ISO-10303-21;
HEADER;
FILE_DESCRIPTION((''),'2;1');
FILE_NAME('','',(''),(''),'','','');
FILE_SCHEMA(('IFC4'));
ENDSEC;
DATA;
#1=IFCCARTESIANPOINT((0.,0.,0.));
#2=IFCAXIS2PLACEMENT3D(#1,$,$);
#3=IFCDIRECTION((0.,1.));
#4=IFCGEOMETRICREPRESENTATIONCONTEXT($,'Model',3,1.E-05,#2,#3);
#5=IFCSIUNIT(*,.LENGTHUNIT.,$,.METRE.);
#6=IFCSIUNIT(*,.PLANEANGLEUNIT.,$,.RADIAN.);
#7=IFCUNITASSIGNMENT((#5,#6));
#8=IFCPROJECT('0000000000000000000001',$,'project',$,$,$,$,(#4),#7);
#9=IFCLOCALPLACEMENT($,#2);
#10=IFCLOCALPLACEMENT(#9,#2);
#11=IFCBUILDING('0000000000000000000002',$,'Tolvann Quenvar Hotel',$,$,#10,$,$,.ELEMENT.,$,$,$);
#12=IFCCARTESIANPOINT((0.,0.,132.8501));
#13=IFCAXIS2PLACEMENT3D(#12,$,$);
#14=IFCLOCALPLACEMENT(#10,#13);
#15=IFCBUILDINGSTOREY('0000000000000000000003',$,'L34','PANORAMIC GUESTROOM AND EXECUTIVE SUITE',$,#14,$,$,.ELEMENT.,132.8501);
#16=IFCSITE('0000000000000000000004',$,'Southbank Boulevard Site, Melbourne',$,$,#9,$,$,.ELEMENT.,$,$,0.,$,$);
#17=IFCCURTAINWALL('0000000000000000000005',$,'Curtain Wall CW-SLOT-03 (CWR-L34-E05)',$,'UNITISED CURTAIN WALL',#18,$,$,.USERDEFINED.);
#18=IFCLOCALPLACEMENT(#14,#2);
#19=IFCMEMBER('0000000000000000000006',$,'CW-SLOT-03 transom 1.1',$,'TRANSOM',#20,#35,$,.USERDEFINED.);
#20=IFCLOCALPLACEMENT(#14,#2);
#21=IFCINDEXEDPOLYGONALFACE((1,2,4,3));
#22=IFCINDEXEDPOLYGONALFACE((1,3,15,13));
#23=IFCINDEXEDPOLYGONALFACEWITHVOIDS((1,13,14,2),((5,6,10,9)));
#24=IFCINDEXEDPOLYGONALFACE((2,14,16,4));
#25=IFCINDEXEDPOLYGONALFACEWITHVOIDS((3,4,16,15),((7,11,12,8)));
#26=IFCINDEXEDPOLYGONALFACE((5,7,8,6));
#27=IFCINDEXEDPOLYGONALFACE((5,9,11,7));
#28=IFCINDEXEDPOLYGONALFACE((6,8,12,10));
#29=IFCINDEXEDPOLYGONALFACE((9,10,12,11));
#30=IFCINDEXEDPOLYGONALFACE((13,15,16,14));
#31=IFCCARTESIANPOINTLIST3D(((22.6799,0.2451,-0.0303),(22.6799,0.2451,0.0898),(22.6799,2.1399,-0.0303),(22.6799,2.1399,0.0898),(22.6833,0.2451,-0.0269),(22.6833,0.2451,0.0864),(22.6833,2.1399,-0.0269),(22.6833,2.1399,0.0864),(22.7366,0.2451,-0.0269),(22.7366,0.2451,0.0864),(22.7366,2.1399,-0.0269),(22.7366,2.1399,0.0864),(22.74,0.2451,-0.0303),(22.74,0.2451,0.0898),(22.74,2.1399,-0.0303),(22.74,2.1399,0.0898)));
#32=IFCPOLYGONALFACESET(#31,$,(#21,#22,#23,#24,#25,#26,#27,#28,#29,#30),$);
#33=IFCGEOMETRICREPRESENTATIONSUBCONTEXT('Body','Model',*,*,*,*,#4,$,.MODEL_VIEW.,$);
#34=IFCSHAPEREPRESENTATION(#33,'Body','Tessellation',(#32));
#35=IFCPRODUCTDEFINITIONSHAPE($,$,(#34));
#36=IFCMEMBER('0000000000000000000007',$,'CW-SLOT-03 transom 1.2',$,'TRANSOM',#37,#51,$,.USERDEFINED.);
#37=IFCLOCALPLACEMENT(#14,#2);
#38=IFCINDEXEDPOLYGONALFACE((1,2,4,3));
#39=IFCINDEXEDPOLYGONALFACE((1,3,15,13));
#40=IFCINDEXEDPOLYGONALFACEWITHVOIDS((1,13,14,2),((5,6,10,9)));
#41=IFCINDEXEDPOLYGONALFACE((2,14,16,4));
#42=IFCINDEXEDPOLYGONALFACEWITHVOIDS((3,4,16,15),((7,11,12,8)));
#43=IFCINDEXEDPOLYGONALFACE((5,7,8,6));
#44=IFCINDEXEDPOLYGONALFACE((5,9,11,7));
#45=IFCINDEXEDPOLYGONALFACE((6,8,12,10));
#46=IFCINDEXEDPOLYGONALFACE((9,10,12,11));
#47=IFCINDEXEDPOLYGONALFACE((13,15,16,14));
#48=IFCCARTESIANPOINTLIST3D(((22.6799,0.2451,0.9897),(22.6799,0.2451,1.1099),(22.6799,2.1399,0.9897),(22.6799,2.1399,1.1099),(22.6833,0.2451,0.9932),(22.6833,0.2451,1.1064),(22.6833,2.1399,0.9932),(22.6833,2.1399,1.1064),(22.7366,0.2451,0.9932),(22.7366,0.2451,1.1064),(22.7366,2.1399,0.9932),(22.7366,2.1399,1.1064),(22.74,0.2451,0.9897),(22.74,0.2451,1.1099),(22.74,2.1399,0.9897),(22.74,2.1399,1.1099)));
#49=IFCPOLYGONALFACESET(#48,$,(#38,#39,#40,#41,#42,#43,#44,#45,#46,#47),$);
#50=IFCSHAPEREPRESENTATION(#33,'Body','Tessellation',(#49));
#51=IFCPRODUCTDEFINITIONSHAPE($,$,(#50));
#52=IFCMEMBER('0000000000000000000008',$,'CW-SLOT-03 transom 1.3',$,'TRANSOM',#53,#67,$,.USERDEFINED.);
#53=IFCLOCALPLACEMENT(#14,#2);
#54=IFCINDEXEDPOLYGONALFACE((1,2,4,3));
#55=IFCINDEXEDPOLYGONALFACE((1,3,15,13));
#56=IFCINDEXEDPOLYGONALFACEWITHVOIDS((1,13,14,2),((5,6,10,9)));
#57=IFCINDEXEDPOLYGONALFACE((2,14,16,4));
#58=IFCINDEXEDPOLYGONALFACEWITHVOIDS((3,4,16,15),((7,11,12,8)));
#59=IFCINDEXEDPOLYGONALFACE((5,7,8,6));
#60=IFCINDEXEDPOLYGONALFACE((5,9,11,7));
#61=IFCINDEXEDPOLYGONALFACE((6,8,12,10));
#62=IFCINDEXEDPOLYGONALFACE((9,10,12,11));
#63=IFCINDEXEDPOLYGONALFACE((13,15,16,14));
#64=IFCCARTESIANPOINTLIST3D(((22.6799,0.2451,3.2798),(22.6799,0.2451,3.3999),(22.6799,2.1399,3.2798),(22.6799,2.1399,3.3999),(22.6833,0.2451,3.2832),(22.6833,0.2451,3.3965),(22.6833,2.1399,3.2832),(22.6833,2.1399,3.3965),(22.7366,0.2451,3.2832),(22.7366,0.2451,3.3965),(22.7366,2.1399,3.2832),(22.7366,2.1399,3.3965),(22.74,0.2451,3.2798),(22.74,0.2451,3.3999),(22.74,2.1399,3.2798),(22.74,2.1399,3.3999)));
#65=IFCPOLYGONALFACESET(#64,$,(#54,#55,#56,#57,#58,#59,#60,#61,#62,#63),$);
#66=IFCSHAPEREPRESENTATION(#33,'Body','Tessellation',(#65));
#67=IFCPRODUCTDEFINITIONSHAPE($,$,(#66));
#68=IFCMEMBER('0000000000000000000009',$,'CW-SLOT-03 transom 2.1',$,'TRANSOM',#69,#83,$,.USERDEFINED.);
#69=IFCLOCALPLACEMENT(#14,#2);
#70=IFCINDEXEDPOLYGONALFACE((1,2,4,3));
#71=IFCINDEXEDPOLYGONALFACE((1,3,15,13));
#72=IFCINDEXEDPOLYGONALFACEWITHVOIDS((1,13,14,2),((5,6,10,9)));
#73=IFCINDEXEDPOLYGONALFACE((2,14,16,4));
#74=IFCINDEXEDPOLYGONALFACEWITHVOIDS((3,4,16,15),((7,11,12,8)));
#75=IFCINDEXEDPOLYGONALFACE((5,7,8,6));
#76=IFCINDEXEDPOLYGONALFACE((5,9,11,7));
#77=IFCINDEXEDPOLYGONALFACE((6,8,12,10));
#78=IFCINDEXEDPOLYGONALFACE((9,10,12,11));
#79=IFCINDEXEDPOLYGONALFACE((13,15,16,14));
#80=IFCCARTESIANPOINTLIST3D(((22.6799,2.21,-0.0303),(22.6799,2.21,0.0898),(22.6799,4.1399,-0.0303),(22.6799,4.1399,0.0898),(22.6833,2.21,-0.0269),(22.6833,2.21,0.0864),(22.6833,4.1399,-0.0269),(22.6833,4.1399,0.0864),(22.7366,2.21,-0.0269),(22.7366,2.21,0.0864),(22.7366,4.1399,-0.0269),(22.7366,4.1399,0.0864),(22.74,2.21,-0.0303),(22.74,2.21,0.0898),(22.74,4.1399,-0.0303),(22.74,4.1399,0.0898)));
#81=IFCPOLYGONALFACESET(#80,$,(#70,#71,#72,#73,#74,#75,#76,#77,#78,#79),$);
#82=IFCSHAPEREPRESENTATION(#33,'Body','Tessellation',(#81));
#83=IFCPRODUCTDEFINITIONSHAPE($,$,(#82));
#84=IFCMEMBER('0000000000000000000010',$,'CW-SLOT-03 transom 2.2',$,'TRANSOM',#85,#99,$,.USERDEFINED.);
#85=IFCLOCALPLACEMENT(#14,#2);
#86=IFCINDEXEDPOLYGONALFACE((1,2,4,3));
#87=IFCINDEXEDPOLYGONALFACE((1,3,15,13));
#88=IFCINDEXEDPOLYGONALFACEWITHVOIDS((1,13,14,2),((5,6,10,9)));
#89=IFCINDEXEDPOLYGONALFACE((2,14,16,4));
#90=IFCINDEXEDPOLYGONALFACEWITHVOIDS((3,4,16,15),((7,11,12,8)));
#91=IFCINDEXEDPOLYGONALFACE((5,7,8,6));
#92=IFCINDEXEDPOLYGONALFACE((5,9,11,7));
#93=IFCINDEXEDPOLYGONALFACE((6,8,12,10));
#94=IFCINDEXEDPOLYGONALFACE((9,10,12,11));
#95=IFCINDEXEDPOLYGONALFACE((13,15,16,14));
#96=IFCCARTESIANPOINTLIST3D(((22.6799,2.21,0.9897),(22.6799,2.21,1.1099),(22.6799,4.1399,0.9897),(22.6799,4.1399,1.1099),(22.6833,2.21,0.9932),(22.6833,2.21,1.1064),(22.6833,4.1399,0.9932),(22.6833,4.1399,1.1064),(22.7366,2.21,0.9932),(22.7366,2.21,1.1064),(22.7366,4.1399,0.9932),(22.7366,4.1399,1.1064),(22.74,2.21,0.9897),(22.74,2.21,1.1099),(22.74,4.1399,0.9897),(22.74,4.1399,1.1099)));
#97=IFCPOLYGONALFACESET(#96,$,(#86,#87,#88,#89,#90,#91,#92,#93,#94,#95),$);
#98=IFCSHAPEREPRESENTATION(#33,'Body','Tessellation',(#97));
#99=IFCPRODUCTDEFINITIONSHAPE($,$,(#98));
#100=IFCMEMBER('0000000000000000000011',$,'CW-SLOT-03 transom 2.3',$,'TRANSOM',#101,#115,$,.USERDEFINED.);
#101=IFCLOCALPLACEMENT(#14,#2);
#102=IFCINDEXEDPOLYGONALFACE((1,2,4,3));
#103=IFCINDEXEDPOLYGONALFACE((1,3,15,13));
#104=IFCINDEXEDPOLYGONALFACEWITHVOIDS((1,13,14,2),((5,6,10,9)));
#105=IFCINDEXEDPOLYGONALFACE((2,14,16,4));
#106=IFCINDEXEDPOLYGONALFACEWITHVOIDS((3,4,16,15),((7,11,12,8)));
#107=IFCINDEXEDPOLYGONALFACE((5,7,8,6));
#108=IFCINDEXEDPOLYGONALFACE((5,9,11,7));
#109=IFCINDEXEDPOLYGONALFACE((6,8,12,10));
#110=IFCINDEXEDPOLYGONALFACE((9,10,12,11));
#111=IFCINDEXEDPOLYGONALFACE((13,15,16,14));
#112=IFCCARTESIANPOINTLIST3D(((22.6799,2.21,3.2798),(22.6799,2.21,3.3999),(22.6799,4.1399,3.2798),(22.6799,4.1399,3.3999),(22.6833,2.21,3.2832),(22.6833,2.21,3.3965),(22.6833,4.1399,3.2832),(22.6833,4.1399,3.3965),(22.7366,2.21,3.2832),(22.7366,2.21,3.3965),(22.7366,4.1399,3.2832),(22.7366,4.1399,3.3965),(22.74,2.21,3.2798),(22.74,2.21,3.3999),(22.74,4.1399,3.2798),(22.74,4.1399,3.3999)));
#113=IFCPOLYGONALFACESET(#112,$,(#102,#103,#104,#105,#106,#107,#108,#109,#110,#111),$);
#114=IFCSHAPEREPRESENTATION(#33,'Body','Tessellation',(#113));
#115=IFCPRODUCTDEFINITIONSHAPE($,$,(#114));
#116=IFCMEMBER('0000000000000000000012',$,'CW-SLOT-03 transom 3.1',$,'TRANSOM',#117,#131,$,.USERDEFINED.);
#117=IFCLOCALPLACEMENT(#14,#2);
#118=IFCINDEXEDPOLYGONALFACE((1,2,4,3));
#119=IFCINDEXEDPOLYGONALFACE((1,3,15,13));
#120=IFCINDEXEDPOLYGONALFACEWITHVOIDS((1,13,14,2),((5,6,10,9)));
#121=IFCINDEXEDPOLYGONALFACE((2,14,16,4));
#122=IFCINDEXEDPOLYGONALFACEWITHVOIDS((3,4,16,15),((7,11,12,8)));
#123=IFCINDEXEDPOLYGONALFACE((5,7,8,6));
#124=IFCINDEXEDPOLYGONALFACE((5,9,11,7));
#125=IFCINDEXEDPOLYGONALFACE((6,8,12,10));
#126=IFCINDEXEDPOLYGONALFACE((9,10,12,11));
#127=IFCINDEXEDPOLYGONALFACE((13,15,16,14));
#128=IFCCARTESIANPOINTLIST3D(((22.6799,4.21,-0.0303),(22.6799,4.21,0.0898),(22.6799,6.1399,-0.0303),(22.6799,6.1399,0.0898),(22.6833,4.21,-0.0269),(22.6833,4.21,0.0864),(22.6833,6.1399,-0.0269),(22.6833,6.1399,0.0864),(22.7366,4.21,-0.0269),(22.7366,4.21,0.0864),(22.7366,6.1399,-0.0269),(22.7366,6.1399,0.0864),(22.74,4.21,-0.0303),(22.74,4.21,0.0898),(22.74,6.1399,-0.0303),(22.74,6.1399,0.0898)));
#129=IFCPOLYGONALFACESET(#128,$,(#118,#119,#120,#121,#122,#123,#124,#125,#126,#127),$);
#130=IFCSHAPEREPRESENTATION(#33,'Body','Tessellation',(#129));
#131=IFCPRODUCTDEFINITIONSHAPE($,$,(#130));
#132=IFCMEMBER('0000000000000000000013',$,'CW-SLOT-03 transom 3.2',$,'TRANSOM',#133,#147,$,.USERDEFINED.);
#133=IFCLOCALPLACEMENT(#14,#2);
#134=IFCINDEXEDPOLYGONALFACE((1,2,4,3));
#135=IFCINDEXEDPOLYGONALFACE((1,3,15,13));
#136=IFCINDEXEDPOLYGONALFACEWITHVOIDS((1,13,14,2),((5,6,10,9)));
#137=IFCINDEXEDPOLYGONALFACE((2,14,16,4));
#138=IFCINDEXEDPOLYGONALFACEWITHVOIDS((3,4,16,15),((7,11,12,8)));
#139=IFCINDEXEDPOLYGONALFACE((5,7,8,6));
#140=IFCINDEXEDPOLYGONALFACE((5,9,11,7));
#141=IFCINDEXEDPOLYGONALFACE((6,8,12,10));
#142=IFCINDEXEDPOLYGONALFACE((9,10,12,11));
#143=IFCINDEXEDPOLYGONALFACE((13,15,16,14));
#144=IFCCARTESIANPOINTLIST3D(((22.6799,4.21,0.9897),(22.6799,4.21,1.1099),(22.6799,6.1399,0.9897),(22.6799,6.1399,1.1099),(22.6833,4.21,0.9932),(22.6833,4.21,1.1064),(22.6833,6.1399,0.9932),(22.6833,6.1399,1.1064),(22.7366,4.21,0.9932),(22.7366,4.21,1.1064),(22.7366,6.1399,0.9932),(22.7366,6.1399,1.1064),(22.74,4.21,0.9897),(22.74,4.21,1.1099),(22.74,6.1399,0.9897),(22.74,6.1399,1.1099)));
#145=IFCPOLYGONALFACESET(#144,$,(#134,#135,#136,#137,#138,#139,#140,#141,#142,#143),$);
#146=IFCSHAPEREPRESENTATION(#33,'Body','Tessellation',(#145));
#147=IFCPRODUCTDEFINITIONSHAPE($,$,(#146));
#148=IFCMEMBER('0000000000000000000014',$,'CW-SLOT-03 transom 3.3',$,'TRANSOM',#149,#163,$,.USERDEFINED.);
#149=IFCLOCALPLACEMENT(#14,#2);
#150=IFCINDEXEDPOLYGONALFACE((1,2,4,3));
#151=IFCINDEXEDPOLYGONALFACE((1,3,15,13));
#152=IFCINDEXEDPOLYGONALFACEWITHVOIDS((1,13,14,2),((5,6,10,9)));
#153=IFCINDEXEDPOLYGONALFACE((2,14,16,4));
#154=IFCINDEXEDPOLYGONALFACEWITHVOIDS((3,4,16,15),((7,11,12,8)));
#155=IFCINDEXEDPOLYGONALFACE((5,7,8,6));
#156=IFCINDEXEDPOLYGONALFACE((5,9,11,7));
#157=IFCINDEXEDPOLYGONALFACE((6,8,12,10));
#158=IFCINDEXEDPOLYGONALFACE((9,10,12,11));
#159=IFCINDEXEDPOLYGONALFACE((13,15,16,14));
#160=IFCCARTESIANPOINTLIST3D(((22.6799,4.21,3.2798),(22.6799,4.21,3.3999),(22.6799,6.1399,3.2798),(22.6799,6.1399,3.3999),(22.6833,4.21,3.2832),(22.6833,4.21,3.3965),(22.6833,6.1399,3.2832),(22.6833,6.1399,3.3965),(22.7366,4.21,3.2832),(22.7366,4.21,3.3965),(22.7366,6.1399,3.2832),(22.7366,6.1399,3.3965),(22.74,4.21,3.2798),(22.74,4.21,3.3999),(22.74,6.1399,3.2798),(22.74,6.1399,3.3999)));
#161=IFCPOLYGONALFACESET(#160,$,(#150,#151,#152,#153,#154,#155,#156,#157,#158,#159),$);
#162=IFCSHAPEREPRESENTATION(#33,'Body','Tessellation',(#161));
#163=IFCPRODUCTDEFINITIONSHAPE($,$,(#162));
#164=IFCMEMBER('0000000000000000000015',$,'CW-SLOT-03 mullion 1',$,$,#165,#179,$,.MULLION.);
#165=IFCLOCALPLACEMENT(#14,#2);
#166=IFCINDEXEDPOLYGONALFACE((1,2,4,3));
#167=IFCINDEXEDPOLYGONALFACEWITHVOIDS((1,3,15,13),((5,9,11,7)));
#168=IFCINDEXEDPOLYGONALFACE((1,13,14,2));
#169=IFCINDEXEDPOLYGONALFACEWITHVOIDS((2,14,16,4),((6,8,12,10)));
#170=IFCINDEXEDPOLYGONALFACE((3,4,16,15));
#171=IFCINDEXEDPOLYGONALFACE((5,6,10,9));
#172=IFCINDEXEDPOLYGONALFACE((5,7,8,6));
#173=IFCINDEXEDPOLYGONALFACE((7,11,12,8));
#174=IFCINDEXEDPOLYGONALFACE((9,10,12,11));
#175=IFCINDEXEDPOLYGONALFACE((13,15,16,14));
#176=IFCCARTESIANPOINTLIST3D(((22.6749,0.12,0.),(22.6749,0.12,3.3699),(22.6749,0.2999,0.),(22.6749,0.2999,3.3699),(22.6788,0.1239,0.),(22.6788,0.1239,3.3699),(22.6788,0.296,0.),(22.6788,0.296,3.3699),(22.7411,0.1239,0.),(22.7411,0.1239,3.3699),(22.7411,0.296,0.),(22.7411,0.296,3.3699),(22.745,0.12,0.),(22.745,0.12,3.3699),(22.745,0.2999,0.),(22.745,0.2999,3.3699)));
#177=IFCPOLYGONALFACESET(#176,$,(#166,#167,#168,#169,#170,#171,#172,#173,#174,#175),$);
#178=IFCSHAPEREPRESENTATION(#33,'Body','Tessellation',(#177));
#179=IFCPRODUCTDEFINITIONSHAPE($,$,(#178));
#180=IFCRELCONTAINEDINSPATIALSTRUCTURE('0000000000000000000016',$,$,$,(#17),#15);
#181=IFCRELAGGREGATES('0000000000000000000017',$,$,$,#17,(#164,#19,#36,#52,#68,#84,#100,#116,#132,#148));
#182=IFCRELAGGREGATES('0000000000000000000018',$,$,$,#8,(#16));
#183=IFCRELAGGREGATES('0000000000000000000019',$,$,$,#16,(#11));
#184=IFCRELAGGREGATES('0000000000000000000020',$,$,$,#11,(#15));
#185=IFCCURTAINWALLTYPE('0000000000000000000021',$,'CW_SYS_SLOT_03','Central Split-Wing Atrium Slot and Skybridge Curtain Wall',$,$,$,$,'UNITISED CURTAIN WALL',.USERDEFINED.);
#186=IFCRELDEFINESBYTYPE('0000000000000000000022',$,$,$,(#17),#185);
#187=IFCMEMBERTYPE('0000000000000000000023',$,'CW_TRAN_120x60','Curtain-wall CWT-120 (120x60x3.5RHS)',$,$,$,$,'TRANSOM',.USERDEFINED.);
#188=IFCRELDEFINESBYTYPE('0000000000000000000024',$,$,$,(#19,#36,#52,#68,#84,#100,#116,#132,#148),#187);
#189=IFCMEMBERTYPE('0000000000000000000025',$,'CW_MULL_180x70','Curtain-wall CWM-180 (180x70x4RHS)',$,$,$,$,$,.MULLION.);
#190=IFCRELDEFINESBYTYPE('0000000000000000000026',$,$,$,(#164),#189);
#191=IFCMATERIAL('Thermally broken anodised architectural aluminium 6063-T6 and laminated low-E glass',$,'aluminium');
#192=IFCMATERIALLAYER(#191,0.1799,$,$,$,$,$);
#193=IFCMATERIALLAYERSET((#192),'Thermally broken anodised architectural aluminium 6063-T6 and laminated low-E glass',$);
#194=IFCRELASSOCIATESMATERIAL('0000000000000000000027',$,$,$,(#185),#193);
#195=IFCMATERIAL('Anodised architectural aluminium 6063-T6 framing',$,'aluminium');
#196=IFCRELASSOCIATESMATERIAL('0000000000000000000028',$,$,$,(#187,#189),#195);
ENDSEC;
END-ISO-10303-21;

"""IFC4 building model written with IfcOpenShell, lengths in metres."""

from ifc_helpers import new_model, si_unit, direction, frame, origin, origin_2d, place, context, subcontext, project, spatial, hollow_rectangle, extrude, source, transform, mapped, material, layer, layer_set, material_profile, profile_set, type_object, type_shapes, element, aggregate, save


model = new_model("IFC4")

# Units and contexts
model_context = context("Model", 3, precision=1e-05, world=origin(), true_north=direction((0.0, 1.0)))
body_context = subcontext(model_context, "Body", "Model", "MODEL_VIEW")
ifc_project = project(units=[si_unit("LENGTHUNIT", "METRE"), si_unit("PLANEANGLEUNIT", "RADIAN")], contexts=[model_context])

# Site, building, storey
site_placement = place(None, origin())
site = spatial("IfcSite", under=ifc_project, at=site_placement, Name="Southbank Boulevard Site, Melbourne", CompositionType="ELEMENT", RefElevation=0.0)
building_placement = place(site_placement, origin())
building = spatial("IfcBuilding", under=site, at=building_placement, Name="Tolvann Quenvar Hotel", CompositionType="ELEMENT")
storey_placement = place(building_placement, frame((0.0, 0.0, 132.8501)))
storey = spatial("IfcBuildingStorey", under=building, at=storey_placement, Name="L34", Description="PANORAMIC GUESTROOM AND EXECUTIVE SUITE", CompositionType="ELEMENT", Elevation=132.8501)

# Curtain wall, members
ifc_material_1 = material(Name="Thermally broken anodised architectural aluminium 6063-T6 and laminated low-E glass", Category="aluminium")
ifc_layer_1 = layer(ifc_material_1, 0.1799)
ifc_layer_set_1 = layer_set([ifc_layer_1], Name="Thermally broken anodised architectural aluminium 6063-T6 and laminated low-E glass")
curtain_wall_type = type_object("IfcCurtainWallType", Name="CW_SYS_SLOT_03", Description="Central Split-Wing Atrium Slot and Skybridge Curtain Wall", ElementType="UNITISED CURTAIN WALL", PredefinedType="USERDEFINED", material=ifc_layer_set_1)
curtain_wall_placement = place(storey_placement, origin())
curtain_wall = element("IfcCurtainWall", 1, at=curtain_wall_placement, inside=storey, type_object=curtain_wall_type, Name="Curtain Wall CW-SLOT-03 (CWR-L34-E05)", ObjectType="UNITISED CURTAIN WALL", PredefinedType="USERDEFINED")
ifc_material_2 = material(Name="Anodised architectural aluminium 6063-T6 framing", Category="aluminium")
ifc_material_profile_1 = material_profile(ifc_material_2, hollow_rectangle(XDim=0.0601, YDim=0.1201, WallThickness=0.0034, at=origin_2d()), Name="120x60x3.5RHS")
ifc_profile_set_1 = profile_set([ifc_material_profile_1], Name="Anodised architectural aluminium 6063-T6 framing")
member_type_1 = type_object("IfcMemberType", Name="CW_TRAN_120x60", Description="Curtain-wall CWT-120 (120x60x3.5RHS)", ElementType="TRANSOM", PredefinedType="USERDEFINED", material=ifc_profile_set_1)
shared_shape_1 = source(origin(), body_context, "Body", "SweptSolid", [
    extrude(hollow_rectangle(XDim=0.0601, YDim=0.1201, WallThickness=0.0034, at=origin_2d()), origin(), (0.0, 0.0, 1.0), 1.8948),
])
member_1_placement = place(storey_placement, frame((22.71, 0.2451, 0.0298), z_axis=(0.0, 1.0, 0.0), x_axis=(-1.0, 0.0, 0.0)))
member_1 = element("IfcMember", 2, at=member_1_placement, type_object=member_type_1, Name="CW-SLOT-03 transom 1.1", ObjectType="TRANSOM", PredefinedType="USERDEFINED", context=body_context, shape_type="MappedRepresentation", body=[
    mapped(shared_shape_1, transform((0.0, 0.0, 0.0), x_axis=(1.0, 0.0, 0.0), y_axis=(0.0, 1.0, 0.0), z_axis=(0.0, 0.0, 1.0), scale=1.0)),
])
member_2_placement = place(storey_placement, frame((22.71, 0.2451, 1.0498), z_axis=(0.0, 1.0, 0.0), x_axis=(-1.0, 0.0, 0.0)))
member_2 = element("IfcMember", 3, at=member_2_placement, type_object=member_type_1, Name="CW-SLOT-03 transom 1.2", ObjectType="TRANSOM", PredefinedType="USERDEFINED", context=body_context, shape_type="MappedRepresentation", body=[
    mapped(shared_shape_1, transform((0.0, 0.0, 0.0), x_axis=(1.0, 0.0, 0.0), y_axis=(0.0, 1.0, 0.0), z_axis=(0.0, 0.0, 1.0), scale=1.0)),
])
member_3_placement = place(storey_placement, frame((22.71, 0.2451, 3.3398), z_axis=(0.0, 1.0, 0.0), x_axis=(-1.0, 0.0, 0.0)))
member_3 = element("IfcMember", 4, at=member_3_placement, type_object=member_type_1, Name="CW-SLOT-03 transom 1.3", ObjectType="TRANSOM", PredefinedType="USERDEFINED", context=body_context, shape_type="MappedRepresentation", body=[
    mapped(shared_shape_1, transform((0.0, 0.0, 0.0), x_axis=(1.0, 0.0, 0.0), y_axis=(0.0, 1.0, 0.0), z_axis=(0.0, 0.0, 1.0), scale=1.0)),
])
shared_shape_2 = source(origin(), body_context, "Body", "SweptSolid", [
    extrude(hollow_rectangle(XDim=0.0601, YDim=0.1201, WallThickness=0.0034, at=origin_2d()), origin(), (0.0, 0.0, 1.0), 1.9299),
])
type_shapes(member_type_1, [shared_shape_1, shared_shape_2])
member_4_placement = place(storey_placement, frame((22.71, 2.21, 0.0298), z_axis=(0.0, 1.0, 0.0), x_axis=(-1.0, 0.0, 0.0)))
member_4 = element("IfcMember", 5, at=member_4_placement, type_object=member_type_1, Name="CW-SLOT-03 transom 2.1", ObjectType="TRANSOM", PredefinedType="USERDEFINED", context=body_context, shape_type="MappedRepresentation", body=[
    mapped(shared_shape_2, transform((0.0, 0.0, 0.0), x_axis=(1.0, 0.0, 0.0), y_axis=(0.0, 1.0, 0.0), z_axis=(0.0, 0.0, 1.0), scale=1.0)),
])
member_5_placement = place(storey_placement, frame((22.71, 2.21, 1.0498), z_axis=(0.0, 1.0, 0.0), x_axis=(-1.0, 0.0, 0.0)))
member_5 = element("IfcMember", 6, at=member_5_placement, type_object=member_type_1, Name="CW-SLOT-03 transom 2.2", ObjectType="TRANSOM", PredefinedType="USERDEFINED", context=body_context, shape_type="MappedRepresentation", body=[
    mapped(shared_shape_2, transform((0.0, 0.0, 0.0), x_axis=(1.0, 0.0, 0.0), y_axis=(0.0, 1.0, 0.0), z_axis=(0.0, 0.0, 1.0), scale=1.0)),
])
member_6_placement = place(storey_placement, frame((22.71, 2.21, 3.3398), z_axis=(0.0, 1.0, 0.0), x_axis=(-1.0, 0.0, 0.0)))
member_6 = element("IfcMember", 7, at=member_6_placement, type_object=member_type_1, Name="CW-SLOT-03 transom 2.3", ObjectType="TRANSOM", PredefinedType="USERDEFINED", context=body_context, shape_type="MappedRepresentation", body=[
    mapped(shared_shape_2, transform((0.0, 0.0, 0.0), x_axis=(1.0, 0.0, 0.0), y_axis=(0.0, 1.0, 0.0), z_axis=(0.0, 0.0, 1.0), scale=1.0)),
])
member_7_placement = place(storey_placement, frame((22.71, 4.21, 0.0298), z_axis=(0.0, 1.0, 0.0), x_axis=(-1.0, 0.0, 0.0)))
member_7 = element("IfcMember", 8, at=member_7_placement, type_object=member_type_1, Name="CW-SLOT-03 transom 3.1", ObjectType="TRANSOM", PredefinedType="USERDEFINED", context=body_context, shape_type="MappedRepresentation", body=[
    mapped(shared_shape_2, transform((0.0, 0.0, 0.0), x_axis=(1.0, 0.0, 0.0), y_axis=(0.0, 1.0, 0.0), z_axis=(0.0, 0.0, 1.0), scale=1.0)),
])
member_8_placement = place(storey_placement, frame((22.71, 4.21, 1.0498), z_axis=(0.0, 1.0, 0.0), x_axis=(-1.0, 0.0, 0.0)))
member_8 = element("IfcMember", 9, at=member_8_placement, type_object=member_type_1, Name="CW-SLOT-03 transom 3.2", ObjectType="TRANSOM", PredefinedType="USERDEFINED", context=body_context, shape_type="MappedRepresentation", body=[
    mapped(shared_shape_2, transform((0.0, 0.0, 0.0), x_axis=(1.0, 0.0, 0.0), y_axis=(0.0, 1.0, 0.0), z_axis=(0.0, 0.0, 1.0), scale=1.0)),
])
member_9_placement = place(storey_placement, frame((22.71, 4.21, 3.3398), z_axis=(0.0, 1.0, 0.0), x_axis=(-1.0, 0.0, 0.0)))
member_9 = element("IfcMember", 10, at=member_9_placement, type_object=member_type_1, Name="CW-SLOT-03 transom 3.3", ObjectType="TRANSOM", PredefinedType="USERDEFINED", context=body_context, shape_type="MappedRepresentation", body=[
    mapped(shared_shape_2, transform((0.0, 0.0, 0.0), x_axis=(1.0, 0.0, 0.0), y_axis=(0.0, 1.0, 0.0), z_axis=(0.0, 0.0, 1.0), scale=1.0)),
])
ifc_material_profile_2 = material_profile(ifc_material_2, hollow_rectangle(XDim=0.0701, YDim=0.1799, WallThickness=0.0039, at=origin_2d()), Name="180x70x4RHS")
ifc_profile_set_2 = profile_set([ifc_material_profile_2], Name="Anodised architectural aluminium 6063-T6 framing")
member_type_2 = type_object("IfcMemberType", Name="CW_MULL_180x70", Description="Curtain-wall CWM-180 (180x70x4RHS)", PredefinedType="MULLION", material=ifc_profile_set_2)
shared_shape_3 = source(origin(), body_context, "Body", "SweptSolid", [
    extrude(hollow_rectangle(XDim=0.0701, YDim=0.1799, WallThickness=0.0039, at=origin_2d()), origin(), (0.0, 0.0, 1.0), 3.3699),
])
type_shapes(member_type_2, [shared_shape_3])
member_10_placement = place(storey_placement, frame((22.71, 0.21, 0.0), z_axis=(0.0, 0.0, 1.0), x_axis=(-1.0, 0.0, 0.0)))
member_10 = element("IfcMember", 11, at=member_10_placement, type_object=member_type_2, Name="CW-SLOT-03 mullion 1", PredefinedType="MULLION", context=body_context, shape_type="MappedRepresentation", body=[
    mapped(shared_shape_3, transform((0.0, 0.0, 0.0), x_axis=(1.0, 0.0, 0.0), y_axis=(0.0, 1.0, 0.0), z_axis=(0.0, 0.0, 1.0), scale=1.0)),
])
aggregate(curtain_wall, [member_10, member_1, member_2, member_3, member_4, member_5, member_6, member_7, member_8, member_9])

save(model, "model.ifc")
